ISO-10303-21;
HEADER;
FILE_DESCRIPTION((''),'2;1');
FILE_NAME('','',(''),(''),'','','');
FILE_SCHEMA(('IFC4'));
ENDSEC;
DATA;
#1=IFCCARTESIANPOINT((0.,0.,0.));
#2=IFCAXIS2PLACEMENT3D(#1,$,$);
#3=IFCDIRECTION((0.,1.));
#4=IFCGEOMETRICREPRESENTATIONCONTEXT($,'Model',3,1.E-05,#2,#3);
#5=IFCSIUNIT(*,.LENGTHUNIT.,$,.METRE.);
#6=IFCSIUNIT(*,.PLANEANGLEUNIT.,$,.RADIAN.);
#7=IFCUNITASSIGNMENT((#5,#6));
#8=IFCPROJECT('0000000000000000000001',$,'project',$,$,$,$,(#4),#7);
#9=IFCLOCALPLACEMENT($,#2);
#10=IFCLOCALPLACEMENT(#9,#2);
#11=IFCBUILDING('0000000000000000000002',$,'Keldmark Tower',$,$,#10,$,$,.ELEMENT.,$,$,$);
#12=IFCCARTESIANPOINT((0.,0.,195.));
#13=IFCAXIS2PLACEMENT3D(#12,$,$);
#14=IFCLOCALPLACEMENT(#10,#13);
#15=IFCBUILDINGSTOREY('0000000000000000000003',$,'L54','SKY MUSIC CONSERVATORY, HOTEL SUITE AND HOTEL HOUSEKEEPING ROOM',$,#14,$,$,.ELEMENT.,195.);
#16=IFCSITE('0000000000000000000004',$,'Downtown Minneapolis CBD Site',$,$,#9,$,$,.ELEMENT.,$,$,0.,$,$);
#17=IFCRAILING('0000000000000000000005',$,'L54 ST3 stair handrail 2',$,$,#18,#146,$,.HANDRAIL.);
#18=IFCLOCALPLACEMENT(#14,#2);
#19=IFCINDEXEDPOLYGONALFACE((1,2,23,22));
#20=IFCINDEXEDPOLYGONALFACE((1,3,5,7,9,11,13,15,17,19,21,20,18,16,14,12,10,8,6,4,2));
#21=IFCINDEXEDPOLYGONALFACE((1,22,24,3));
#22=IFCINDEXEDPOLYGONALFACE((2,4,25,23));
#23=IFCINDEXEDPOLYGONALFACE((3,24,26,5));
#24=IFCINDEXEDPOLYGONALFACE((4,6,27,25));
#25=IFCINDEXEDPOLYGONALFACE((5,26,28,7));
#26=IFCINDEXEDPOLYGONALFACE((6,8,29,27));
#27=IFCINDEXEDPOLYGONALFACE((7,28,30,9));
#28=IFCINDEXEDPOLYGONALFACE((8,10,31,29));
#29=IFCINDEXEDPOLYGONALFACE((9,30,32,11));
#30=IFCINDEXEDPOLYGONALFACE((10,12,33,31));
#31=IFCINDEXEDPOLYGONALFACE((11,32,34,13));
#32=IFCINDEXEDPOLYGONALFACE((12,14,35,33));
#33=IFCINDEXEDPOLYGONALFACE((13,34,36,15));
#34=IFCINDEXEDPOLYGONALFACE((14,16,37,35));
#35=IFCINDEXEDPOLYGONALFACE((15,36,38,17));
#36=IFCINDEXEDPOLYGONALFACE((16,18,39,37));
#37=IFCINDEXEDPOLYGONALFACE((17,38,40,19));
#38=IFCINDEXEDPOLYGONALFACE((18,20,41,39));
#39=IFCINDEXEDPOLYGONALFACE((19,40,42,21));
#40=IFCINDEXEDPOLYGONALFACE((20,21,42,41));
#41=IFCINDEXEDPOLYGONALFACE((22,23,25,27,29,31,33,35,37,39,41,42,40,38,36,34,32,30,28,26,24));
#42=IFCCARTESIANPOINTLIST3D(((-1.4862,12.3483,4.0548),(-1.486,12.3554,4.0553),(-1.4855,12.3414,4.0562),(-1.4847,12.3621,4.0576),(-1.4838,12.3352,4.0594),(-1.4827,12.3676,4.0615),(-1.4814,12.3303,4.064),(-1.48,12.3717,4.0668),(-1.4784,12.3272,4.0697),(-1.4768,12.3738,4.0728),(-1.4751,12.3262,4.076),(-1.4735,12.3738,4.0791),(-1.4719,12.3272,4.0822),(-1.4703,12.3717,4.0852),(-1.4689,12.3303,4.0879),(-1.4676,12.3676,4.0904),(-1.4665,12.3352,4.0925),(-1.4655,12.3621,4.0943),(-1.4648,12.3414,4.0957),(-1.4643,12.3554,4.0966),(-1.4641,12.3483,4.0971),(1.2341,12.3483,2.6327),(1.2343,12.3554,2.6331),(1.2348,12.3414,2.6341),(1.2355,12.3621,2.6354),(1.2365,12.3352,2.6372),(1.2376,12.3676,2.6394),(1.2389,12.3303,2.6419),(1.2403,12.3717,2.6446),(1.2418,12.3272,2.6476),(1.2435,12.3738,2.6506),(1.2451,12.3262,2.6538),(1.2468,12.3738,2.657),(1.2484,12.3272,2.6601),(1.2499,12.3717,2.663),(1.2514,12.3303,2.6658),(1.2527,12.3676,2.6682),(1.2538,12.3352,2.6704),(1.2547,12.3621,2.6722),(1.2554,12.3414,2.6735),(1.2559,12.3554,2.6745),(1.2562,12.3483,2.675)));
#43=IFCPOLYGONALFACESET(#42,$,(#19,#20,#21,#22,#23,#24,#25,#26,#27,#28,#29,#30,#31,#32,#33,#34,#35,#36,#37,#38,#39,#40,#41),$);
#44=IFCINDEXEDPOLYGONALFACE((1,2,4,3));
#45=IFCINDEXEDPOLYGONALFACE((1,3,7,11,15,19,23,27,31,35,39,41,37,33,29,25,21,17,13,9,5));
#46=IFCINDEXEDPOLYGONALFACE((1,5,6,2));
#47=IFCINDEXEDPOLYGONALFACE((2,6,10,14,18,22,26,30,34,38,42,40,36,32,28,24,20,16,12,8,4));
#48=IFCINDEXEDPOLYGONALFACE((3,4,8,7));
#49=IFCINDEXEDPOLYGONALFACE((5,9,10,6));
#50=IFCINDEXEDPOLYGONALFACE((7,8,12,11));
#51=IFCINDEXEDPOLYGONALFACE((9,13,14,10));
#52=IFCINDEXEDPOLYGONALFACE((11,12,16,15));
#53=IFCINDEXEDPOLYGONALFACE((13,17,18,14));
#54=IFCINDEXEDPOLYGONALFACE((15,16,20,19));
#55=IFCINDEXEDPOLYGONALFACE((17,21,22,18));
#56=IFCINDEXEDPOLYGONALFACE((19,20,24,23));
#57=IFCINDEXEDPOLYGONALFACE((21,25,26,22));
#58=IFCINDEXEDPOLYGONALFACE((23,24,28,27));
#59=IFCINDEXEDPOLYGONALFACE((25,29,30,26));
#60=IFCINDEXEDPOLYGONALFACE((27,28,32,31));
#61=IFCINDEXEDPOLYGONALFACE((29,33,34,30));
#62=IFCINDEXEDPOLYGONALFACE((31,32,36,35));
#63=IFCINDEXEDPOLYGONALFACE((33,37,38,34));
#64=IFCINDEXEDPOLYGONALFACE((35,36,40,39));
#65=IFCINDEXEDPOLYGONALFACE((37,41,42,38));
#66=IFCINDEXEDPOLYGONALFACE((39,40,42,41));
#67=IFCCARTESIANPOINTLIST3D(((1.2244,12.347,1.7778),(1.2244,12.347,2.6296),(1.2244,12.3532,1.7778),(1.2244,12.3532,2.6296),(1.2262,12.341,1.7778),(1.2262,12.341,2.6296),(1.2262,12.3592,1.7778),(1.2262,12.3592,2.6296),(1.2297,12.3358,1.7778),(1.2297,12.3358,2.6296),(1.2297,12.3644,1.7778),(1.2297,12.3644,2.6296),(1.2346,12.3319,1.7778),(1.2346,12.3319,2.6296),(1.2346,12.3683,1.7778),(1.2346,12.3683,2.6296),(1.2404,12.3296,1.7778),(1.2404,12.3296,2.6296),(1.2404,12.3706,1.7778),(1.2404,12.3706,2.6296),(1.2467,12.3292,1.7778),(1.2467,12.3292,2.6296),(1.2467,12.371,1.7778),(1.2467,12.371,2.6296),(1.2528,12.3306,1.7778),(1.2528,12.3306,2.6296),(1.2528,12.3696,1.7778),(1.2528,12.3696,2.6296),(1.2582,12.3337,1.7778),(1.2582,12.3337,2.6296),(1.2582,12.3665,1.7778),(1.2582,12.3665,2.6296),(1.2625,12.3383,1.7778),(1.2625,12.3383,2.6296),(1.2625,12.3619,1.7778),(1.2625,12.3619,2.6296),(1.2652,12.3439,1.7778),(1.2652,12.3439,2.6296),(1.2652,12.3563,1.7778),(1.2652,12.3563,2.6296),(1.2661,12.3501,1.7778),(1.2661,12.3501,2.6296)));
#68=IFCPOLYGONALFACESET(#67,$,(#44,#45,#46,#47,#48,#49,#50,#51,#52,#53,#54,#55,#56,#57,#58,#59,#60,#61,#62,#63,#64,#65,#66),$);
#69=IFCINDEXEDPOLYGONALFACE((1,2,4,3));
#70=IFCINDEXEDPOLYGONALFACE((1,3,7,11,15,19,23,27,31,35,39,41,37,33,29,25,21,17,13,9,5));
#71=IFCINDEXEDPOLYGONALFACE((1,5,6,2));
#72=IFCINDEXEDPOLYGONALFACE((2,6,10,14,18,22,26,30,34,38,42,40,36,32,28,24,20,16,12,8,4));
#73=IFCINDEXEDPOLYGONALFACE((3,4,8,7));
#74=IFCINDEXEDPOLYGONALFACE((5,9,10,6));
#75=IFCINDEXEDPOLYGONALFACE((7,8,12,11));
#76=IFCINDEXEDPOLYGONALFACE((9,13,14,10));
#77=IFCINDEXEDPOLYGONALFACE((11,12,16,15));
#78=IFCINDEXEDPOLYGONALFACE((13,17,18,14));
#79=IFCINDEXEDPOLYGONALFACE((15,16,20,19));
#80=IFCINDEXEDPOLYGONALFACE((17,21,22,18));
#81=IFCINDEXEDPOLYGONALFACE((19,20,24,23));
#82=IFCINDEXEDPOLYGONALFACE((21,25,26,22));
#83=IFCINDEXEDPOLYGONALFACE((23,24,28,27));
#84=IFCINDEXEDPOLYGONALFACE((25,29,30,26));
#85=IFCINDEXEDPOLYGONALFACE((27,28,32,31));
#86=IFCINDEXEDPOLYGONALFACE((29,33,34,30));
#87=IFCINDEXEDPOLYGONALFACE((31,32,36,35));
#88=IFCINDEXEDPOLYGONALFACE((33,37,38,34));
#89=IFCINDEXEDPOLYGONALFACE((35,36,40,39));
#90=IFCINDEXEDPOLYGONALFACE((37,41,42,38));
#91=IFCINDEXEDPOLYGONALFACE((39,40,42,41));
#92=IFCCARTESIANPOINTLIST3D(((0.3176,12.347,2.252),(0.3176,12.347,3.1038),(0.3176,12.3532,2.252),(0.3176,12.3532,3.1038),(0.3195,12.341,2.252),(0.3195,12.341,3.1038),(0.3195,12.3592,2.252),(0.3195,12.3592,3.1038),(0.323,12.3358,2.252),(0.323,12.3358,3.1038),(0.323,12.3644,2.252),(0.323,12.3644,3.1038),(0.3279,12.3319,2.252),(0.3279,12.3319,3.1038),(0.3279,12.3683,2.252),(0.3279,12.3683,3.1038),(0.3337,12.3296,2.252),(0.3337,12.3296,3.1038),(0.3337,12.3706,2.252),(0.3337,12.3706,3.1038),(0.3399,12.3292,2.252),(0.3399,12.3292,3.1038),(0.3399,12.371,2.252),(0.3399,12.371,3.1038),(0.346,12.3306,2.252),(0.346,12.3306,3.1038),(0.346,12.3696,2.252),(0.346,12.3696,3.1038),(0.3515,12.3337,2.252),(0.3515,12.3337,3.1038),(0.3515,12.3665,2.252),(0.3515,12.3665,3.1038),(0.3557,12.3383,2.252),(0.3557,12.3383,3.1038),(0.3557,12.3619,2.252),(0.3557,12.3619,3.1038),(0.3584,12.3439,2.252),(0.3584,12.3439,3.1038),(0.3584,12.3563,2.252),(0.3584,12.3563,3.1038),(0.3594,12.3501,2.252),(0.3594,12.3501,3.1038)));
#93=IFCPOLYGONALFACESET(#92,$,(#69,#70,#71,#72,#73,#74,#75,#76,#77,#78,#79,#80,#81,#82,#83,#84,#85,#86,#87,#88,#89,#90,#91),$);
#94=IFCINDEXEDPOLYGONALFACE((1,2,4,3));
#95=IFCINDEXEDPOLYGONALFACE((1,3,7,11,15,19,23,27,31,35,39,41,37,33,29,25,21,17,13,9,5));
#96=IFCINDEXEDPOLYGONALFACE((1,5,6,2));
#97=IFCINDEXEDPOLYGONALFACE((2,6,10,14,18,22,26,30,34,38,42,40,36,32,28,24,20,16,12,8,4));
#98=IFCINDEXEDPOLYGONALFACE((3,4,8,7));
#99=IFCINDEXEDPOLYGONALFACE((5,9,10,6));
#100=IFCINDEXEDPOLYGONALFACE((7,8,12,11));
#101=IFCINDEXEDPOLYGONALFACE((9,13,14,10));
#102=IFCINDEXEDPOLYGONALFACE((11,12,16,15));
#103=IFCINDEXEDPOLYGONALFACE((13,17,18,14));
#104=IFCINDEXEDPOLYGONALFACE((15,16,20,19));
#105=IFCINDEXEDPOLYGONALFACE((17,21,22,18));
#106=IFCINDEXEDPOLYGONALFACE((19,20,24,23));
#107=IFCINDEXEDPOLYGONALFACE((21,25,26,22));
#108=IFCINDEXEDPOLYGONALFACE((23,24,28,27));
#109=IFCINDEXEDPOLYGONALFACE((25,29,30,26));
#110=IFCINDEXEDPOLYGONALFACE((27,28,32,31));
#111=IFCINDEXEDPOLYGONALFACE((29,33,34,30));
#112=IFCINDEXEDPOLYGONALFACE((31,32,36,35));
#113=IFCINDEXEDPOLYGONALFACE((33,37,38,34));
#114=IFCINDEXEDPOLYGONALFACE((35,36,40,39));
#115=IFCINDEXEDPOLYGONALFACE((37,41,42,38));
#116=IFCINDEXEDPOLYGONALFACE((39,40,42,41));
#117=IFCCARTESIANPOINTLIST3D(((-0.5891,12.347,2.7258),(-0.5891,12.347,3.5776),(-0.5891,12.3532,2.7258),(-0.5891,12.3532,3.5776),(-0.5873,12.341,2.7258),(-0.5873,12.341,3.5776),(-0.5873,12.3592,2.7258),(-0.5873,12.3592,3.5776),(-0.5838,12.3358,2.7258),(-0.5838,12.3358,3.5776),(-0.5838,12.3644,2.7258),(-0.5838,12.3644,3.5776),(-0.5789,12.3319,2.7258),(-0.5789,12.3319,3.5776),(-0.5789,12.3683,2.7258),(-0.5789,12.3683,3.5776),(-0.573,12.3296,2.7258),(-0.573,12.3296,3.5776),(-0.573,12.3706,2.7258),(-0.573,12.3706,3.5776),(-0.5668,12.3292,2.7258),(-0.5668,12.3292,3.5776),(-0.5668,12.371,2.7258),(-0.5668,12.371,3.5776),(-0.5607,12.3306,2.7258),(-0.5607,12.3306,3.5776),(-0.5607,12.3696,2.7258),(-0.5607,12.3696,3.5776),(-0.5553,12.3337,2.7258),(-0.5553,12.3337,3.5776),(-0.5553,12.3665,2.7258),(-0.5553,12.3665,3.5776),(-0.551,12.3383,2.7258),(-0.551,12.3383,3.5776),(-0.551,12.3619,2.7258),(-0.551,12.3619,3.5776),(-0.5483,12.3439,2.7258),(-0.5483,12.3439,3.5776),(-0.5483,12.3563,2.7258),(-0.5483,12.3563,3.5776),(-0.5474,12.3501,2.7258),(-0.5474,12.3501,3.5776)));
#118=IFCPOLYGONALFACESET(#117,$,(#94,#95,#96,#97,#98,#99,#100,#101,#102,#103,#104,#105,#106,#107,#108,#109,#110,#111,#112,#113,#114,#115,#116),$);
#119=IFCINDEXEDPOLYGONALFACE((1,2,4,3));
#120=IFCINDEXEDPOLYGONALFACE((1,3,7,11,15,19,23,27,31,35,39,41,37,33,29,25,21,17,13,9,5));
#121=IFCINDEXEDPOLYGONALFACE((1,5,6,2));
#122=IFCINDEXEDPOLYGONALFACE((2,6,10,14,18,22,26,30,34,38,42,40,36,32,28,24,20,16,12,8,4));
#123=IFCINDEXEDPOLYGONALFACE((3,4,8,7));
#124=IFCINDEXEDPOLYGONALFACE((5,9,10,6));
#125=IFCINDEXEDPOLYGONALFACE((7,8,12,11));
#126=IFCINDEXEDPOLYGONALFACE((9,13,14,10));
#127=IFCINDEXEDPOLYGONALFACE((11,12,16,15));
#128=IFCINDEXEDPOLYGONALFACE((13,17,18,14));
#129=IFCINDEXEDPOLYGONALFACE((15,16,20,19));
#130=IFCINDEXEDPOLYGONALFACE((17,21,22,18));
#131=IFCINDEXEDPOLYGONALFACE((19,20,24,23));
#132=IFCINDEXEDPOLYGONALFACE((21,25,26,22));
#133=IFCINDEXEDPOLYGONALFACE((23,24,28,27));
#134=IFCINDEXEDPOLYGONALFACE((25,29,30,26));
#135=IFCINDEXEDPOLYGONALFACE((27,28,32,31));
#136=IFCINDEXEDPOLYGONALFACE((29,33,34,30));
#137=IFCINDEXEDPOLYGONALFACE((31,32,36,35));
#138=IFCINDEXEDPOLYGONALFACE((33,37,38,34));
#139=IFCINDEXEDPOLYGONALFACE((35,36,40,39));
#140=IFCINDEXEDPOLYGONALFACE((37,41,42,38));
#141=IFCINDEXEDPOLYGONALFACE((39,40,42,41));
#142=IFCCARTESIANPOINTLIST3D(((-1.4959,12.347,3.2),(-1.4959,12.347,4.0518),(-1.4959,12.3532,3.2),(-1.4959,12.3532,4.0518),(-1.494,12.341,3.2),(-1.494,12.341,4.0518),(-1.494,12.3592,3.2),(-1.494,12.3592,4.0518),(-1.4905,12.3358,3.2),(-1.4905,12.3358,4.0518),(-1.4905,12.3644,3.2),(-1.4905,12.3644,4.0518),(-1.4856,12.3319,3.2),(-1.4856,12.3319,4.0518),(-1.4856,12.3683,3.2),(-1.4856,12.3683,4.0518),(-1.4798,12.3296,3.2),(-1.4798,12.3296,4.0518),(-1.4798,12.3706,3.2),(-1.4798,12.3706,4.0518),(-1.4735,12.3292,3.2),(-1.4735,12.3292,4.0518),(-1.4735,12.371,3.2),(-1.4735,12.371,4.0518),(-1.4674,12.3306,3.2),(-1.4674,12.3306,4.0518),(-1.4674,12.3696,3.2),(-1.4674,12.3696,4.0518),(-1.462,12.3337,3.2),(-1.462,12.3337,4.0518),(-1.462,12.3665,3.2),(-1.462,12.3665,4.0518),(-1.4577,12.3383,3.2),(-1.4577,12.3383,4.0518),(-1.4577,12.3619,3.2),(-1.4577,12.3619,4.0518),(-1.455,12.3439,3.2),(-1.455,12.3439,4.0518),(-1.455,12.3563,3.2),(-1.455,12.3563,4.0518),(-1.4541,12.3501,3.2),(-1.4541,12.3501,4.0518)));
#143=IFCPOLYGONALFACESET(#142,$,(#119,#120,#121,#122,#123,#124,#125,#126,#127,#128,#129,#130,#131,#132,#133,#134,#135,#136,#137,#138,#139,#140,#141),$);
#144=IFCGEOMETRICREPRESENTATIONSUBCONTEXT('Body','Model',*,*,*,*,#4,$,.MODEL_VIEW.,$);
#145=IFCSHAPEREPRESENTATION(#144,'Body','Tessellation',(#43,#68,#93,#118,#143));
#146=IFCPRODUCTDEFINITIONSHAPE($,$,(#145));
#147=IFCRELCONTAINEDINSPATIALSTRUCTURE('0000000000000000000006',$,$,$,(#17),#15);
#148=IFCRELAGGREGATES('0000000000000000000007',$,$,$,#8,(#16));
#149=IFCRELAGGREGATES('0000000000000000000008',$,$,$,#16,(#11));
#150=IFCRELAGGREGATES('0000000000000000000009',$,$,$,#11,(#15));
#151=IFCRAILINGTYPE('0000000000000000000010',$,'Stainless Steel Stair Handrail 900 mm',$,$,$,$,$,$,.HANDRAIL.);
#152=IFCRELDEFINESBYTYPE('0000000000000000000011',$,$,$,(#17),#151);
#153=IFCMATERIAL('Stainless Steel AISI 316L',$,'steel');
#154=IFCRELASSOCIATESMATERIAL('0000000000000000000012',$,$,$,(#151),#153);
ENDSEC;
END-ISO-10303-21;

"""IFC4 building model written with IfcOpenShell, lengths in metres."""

from ifc_helpers import new_model, si_unit, direction, frame, origin, origin_2d, place, context, subcontext, project, spatial, circle, extrude, material, type_object, element, save


model = new_model("IFC4")

# Units and contexts
model_context = context("Model", 3, precision=1e-05, world=origin(), true_north=direction((0.0, 1.0)))
body_context = subcontext(model_context, "Body", "Model", "MODEL_VIEW")
ifc_project = project(units=[si_unit("LENGTHUNIT", "METRE"), si_unit("PLANEANGLEUNIT", "RADIAN")], contexts=[model_context])

# Site, building, storey
site_placement = place(None, origin())
site = spatial("IfcSite", under=ifc_project, at=site_placement, Name="Downtown Minneapolis CBD Site", CompositionType="ELEMENT", RefElevation=0.0)
building_placement = place(site_placement, origin())
building = spatial("IfcBuilding", under=site, at=building_placement, Name="Keldmark Tower", CompositionType="ELEMENT")
storey_placement = place(building_placement, frame((0.0, 0.0, 195.0)))
storey = spatial("IfcBuildingStorey", under=building, at=storey_placement, Name="L54", Description="SKY MUSIC CONSERVATORY, HOTEL SUITE AND HOTEL HOUSEKEEPING ROOM", CompositionType="ELEMENT", Elevation=195.0)

# Railing
ifc_material_1 = material(Name="Stainless Steel AISI 316L", Category="steel")
railing_type_1 = type_object("IfcRailingType", Name="Stainless Steel Stair Handrail 900 mm", PredefinedType="HANDRAIL", material=ifc_material_1)
railing_1_placement = place(storey_placement, frame((1.2451, 12.3501, 1.7778)))
element("IfcRailing", 1, at=railing_1_placement, inside=storey, type_object=railing_type_1, Name="L54 ST3 stair handrail 2", PredefinedType="HANDRAIL", context=body_context, shape_type="SweptSolid", body=[
    extrude(circle(Radius=0.0239, at=origin_2d()), frame((0.0, 0.0, 0.876), z_axis=(-0.8862, 0.0, 0.463302), x_axis=(0.0, -1.0, 0.0)), (0.0, 0.0, 1.0), 3.0696),
    extrude(circle(Radius=0.021, at=origin_2d()), origin(), (0.0, 0.0, 1.0), 0.8518),
    extrude(circle(Radius=0.021, at=origin_2d()), frame((-0.9067, 0.0, 0.4741)), (0.0, 0.0, 1.0), 0.8518),
    extrude(circle(Radius=0.021, at=origin_2d()), frame((-1.8135, 0.0, 0.948)), (0.0, 0.0, 1.0), 0.8518),
    extrude(circle(Radius=0.021, at=origin_2d()), frame((-2.7202, 0.0, 1.4221)), (0.0, 0.0, 1.0), 0.8518),
])

save(model, "model.ifc")
